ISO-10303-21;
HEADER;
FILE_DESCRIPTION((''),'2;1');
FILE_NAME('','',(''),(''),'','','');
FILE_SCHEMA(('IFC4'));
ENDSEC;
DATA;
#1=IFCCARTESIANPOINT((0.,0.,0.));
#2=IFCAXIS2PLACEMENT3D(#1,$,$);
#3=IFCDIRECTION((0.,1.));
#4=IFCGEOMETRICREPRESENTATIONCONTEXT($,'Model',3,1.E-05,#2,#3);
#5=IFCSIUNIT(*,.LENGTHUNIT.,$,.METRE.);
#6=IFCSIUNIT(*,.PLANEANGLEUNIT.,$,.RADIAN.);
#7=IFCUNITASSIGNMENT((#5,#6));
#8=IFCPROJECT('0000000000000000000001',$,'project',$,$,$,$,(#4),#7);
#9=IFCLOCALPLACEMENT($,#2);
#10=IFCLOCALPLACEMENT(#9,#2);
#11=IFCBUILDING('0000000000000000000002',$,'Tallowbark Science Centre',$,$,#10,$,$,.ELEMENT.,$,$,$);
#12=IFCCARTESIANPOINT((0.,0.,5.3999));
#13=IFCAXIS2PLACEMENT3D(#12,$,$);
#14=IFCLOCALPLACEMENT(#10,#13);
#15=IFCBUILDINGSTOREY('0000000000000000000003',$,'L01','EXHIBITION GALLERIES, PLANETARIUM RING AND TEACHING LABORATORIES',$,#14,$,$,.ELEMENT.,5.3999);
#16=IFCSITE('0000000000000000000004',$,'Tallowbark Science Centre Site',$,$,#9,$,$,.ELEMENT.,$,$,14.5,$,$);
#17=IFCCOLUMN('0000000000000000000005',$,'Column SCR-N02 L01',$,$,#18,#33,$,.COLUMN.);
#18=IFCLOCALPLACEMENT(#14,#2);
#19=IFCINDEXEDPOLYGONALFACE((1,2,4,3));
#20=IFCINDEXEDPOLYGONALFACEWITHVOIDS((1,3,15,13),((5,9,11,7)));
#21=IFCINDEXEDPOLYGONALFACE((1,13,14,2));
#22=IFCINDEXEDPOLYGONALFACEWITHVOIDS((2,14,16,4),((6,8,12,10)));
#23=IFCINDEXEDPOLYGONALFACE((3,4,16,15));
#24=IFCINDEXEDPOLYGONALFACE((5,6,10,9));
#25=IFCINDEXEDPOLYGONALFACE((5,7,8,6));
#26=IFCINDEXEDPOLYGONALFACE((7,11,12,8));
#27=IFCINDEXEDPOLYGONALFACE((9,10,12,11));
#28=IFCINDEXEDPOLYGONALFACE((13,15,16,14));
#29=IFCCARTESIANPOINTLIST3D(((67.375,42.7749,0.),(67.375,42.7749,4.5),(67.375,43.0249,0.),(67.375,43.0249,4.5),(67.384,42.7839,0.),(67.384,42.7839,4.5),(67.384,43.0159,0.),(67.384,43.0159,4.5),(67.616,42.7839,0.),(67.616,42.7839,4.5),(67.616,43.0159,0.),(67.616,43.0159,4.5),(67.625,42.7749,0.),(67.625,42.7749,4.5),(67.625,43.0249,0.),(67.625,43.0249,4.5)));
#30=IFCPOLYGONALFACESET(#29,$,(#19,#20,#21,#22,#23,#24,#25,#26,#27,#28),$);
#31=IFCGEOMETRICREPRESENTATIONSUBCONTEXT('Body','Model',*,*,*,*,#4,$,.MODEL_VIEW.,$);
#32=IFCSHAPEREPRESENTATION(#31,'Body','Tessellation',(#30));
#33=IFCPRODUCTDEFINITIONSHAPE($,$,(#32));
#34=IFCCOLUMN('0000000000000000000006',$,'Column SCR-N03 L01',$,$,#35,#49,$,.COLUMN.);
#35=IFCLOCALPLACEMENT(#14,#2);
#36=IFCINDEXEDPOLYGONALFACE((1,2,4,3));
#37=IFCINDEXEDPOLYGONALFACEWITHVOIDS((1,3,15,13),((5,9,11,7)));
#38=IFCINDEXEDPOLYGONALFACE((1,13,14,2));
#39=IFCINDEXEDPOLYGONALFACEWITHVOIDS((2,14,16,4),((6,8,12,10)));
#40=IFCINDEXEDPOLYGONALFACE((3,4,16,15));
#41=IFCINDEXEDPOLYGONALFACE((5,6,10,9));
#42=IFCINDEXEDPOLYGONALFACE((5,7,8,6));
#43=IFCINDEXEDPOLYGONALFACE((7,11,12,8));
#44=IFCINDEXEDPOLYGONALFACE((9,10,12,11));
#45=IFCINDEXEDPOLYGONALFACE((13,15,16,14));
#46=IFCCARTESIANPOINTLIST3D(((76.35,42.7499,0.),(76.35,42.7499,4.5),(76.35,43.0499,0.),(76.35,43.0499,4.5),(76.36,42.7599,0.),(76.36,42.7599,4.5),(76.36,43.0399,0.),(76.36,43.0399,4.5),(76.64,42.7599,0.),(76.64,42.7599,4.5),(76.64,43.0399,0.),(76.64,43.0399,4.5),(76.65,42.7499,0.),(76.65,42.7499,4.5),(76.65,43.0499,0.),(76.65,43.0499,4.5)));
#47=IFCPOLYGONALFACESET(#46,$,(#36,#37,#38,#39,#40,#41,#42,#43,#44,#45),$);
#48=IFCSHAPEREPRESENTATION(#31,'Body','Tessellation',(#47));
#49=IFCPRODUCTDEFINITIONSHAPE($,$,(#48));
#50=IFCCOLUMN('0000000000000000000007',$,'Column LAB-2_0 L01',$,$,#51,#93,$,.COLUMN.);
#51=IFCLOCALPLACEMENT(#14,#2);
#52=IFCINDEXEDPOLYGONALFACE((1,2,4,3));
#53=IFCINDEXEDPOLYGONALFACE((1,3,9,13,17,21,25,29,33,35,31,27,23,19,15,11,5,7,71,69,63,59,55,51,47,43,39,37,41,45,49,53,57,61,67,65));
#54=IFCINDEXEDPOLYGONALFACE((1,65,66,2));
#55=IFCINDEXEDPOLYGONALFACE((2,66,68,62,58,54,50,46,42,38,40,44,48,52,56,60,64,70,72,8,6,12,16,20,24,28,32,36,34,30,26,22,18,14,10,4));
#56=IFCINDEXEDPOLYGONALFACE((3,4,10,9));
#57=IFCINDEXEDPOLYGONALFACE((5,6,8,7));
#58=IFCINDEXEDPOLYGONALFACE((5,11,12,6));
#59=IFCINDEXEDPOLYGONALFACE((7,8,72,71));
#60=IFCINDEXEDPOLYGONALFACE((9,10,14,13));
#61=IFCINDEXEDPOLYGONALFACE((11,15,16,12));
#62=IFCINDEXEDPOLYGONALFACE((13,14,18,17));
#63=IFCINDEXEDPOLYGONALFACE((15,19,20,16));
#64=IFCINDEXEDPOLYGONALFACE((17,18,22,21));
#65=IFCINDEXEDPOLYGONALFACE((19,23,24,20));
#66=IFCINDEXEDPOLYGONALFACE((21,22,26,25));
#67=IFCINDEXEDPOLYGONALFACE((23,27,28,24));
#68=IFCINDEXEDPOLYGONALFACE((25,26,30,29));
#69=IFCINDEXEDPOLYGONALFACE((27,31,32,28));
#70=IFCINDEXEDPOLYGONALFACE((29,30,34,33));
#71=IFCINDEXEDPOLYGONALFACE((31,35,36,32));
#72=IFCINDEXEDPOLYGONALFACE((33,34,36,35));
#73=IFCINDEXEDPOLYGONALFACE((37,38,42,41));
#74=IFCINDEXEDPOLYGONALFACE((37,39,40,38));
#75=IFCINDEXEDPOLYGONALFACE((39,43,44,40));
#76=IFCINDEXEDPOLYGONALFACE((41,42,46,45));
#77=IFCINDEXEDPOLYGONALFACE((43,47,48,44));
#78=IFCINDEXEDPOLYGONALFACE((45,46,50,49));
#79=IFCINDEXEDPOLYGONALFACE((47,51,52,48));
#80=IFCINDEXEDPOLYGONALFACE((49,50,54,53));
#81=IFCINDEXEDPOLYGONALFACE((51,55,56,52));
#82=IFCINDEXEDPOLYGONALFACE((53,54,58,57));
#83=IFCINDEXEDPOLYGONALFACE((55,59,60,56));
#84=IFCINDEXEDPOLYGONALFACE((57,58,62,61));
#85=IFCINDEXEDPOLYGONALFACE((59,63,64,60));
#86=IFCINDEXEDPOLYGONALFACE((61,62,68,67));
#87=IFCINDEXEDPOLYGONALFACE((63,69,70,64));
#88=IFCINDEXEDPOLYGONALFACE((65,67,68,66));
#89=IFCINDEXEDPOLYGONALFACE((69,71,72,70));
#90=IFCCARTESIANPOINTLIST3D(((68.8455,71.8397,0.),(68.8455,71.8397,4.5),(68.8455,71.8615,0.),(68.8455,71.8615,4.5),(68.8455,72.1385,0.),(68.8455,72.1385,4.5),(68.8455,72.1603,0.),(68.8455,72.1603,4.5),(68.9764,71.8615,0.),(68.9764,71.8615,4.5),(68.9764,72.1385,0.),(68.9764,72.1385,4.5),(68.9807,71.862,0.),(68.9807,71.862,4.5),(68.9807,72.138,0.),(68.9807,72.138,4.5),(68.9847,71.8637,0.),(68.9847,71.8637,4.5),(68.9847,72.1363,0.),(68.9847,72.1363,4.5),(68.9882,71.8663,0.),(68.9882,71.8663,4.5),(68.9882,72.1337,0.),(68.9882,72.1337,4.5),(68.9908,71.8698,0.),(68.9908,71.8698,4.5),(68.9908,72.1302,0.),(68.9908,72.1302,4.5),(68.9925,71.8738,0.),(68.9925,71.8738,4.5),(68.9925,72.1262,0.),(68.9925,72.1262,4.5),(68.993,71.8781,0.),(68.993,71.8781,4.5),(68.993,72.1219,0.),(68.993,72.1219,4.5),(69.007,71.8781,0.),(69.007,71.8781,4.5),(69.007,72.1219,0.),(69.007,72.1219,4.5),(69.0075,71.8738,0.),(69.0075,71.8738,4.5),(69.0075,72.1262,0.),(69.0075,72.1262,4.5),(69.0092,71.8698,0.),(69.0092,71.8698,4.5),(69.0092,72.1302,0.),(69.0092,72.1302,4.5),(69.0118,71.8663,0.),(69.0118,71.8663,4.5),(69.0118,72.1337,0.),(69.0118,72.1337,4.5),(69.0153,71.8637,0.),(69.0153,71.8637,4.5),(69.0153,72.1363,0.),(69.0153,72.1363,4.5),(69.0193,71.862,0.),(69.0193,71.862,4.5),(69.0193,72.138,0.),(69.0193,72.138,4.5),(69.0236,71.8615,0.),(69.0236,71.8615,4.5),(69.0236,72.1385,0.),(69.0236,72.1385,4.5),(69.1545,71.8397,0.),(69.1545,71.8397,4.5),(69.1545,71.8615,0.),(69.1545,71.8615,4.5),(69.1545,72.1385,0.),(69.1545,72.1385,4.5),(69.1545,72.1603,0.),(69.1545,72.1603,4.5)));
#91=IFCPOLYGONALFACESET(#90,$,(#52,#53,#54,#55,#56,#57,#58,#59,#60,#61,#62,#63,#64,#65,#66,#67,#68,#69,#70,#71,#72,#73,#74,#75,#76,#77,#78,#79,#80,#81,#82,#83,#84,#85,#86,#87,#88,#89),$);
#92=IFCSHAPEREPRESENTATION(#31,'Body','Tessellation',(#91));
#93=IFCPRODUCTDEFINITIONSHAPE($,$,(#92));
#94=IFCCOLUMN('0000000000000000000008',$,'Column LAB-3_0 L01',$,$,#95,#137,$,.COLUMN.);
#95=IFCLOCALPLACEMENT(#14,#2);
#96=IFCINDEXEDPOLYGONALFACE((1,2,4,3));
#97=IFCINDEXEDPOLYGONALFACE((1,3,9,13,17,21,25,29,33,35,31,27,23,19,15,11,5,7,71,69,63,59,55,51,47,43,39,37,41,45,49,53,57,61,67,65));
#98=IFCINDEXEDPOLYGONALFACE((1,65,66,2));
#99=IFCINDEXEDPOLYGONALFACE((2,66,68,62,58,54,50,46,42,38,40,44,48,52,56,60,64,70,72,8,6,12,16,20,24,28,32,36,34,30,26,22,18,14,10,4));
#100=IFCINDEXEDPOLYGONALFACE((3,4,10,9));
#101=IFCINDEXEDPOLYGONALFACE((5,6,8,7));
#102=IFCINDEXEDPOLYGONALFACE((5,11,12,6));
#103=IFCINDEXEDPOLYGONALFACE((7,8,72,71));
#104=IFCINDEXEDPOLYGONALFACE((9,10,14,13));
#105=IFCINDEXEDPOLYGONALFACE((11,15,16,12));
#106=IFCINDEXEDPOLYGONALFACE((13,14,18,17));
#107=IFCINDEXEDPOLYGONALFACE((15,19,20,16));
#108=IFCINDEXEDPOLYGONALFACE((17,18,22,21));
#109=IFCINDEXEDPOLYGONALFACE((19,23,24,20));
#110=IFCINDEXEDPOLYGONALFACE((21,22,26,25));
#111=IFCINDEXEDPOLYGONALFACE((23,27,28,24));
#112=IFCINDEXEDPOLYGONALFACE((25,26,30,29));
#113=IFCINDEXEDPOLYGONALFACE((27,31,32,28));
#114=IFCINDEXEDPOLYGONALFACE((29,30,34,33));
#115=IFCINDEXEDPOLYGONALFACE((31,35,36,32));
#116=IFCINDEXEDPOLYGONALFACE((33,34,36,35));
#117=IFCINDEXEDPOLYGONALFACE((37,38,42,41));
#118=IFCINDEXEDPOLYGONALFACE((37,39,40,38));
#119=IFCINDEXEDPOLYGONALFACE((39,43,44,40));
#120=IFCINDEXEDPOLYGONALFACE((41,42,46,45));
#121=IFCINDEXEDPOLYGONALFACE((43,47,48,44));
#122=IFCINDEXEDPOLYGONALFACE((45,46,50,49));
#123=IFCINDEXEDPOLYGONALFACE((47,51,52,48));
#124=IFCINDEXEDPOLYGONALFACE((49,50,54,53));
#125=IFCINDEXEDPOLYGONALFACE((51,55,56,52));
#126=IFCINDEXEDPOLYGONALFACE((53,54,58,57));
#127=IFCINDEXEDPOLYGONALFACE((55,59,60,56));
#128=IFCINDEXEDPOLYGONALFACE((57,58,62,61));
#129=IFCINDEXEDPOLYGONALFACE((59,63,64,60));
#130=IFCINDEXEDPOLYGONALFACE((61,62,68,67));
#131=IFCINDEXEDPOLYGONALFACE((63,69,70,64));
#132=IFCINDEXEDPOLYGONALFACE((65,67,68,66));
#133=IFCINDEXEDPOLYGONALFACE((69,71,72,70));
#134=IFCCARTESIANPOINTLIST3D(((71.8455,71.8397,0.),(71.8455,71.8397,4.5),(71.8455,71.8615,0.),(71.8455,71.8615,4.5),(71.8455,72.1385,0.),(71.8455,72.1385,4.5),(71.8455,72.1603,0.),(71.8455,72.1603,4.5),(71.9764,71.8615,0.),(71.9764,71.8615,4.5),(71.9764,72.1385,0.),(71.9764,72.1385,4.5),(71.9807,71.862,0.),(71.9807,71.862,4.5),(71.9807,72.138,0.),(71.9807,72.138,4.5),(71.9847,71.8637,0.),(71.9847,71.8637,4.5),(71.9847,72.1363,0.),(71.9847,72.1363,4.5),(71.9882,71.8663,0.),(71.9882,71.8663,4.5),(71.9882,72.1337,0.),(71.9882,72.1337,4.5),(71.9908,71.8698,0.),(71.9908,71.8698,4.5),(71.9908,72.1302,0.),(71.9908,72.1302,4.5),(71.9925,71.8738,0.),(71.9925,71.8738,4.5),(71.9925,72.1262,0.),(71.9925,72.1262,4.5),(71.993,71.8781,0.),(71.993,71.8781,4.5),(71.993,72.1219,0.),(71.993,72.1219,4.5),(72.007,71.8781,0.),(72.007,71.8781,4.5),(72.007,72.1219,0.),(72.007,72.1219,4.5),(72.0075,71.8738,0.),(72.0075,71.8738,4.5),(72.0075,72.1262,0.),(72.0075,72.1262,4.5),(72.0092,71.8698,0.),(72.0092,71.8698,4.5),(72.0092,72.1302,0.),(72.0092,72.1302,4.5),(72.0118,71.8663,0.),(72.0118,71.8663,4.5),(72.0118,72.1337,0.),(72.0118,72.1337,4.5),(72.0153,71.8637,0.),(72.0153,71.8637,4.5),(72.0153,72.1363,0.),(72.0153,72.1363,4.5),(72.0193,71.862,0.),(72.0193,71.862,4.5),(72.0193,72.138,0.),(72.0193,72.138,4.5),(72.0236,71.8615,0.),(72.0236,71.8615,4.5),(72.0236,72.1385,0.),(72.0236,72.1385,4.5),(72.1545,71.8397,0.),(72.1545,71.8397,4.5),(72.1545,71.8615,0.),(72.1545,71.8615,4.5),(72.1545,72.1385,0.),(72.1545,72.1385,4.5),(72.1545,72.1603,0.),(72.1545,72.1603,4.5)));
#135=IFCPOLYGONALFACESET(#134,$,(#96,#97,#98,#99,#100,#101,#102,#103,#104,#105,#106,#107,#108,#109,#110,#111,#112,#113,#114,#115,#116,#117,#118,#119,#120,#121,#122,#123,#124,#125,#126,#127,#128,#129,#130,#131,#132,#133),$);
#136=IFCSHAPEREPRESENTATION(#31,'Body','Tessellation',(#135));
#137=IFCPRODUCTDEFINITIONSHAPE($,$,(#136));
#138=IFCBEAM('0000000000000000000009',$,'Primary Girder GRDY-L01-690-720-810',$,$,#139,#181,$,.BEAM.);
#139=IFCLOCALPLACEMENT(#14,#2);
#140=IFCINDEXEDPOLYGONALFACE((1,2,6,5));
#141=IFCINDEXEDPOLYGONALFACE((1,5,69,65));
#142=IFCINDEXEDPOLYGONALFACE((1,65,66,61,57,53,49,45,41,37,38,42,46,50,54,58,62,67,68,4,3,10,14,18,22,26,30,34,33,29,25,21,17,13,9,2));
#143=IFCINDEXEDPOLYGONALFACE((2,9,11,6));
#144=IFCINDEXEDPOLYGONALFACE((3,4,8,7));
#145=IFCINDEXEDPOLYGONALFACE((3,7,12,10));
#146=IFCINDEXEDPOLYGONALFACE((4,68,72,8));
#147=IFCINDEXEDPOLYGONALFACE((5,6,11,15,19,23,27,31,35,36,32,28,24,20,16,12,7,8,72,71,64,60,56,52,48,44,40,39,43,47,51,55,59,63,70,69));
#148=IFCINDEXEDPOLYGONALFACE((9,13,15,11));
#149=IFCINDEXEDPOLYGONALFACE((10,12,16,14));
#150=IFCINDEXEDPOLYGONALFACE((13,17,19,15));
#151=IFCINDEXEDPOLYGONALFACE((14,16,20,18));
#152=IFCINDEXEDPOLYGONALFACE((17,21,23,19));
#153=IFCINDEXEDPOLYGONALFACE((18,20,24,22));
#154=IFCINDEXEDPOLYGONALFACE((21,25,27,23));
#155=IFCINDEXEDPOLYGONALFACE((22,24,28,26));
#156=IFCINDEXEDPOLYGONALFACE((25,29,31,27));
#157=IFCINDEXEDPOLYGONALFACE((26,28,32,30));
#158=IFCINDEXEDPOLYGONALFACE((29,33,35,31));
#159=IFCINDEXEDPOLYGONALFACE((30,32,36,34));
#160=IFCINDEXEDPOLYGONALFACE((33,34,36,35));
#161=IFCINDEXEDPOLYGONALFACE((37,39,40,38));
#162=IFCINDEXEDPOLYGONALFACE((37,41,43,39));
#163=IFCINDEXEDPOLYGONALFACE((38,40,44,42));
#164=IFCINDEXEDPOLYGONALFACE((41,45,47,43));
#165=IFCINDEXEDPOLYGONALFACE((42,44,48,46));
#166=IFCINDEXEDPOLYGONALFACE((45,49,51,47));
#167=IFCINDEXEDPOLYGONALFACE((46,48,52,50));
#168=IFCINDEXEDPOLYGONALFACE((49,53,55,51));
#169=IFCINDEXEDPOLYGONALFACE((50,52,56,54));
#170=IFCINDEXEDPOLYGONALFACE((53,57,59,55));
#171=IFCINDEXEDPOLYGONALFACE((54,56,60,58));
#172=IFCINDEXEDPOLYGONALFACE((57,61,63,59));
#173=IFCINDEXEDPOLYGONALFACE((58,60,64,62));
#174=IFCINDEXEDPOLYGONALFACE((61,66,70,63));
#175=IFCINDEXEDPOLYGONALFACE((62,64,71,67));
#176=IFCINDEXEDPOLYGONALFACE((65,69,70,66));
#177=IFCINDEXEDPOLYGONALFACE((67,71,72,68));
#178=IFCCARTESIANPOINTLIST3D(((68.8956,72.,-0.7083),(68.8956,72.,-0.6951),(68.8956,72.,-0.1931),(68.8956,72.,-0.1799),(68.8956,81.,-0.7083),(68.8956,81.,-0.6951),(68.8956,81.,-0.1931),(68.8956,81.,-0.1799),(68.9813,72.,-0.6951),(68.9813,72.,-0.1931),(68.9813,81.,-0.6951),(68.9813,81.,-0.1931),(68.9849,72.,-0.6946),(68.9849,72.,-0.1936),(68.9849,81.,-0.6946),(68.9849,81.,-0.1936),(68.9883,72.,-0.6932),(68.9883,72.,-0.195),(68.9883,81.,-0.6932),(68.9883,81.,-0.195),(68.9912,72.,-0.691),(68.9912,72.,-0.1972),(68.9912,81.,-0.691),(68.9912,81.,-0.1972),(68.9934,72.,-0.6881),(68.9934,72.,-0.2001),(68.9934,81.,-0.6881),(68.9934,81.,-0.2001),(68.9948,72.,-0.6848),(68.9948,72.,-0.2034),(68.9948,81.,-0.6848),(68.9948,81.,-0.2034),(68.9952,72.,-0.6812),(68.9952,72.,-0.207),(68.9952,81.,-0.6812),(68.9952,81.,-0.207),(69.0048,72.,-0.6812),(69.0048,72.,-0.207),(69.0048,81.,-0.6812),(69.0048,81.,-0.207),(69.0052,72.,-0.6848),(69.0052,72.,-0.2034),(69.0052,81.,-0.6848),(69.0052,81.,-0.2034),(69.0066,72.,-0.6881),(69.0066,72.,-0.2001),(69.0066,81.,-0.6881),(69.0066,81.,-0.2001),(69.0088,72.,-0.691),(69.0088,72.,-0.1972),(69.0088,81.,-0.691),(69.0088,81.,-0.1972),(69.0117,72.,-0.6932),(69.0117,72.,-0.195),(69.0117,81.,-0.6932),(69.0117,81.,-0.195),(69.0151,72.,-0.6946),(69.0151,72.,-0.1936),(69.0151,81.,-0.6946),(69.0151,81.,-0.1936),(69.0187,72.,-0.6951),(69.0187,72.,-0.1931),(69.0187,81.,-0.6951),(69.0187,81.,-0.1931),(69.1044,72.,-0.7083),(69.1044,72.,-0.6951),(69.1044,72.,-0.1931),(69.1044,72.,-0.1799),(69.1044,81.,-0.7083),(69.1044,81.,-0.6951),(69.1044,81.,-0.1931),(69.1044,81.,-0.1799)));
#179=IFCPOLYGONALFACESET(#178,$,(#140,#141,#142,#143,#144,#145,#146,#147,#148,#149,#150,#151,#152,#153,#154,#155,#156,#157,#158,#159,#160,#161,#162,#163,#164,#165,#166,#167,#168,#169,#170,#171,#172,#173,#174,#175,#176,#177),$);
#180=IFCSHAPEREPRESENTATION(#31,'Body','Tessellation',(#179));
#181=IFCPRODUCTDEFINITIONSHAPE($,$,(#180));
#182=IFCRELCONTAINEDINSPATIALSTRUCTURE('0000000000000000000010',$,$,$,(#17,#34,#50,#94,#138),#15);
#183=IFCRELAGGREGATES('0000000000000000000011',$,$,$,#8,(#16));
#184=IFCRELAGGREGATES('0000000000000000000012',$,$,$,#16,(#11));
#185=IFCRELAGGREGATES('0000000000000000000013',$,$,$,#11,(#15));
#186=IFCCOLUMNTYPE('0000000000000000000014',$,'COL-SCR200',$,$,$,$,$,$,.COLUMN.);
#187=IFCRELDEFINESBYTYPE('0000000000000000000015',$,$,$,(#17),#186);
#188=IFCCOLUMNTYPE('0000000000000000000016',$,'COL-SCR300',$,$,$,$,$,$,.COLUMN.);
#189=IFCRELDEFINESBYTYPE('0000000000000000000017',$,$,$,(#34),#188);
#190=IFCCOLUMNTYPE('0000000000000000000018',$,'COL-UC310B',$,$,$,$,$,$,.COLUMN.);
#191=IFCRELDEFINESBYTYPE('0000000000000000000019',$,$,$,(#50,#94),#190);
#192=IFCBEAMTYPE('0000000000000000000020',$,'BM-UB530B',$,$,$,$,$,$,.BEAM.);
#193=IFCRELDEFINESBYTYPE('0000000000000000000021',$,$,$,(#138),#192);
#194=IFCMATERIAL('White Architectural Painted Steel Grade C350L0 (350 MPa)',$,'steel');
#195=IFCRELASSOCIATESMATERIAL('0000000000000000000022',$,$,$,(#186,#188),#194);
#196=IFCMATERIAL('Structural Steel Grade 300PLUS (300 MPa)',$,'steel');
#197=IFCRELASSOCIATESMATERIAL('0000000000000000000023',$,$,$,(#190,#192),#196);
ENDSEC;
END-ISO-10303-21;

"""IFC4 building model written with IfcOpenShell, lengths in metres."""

from ifc_helpers import new_model, si_unit, direction, frame, origin, origin_2d, place, context, subcontext, project, spatial, hollow_rectangle, i_section, extrude, material, material_profile, profile_set, type_object, element, save


model = new_model("IFC4")

# Units and contexts
model_context = context("Model", 3, precision=1e-05, world=origin(), true_north=direction((0.0, 1.0)))
body_context = subcontext(model_context, "Body", "Model", "MODEL_VIEW")
ifc_project = project(units=[si_unit("LENGTHUNIT", "METRE"), si_unit("PLANEANGLEUNIT", "RADIAN")], contexts=[model_context])

# Site, building, storey
site_placement = place(None, origin())
site = spatial("IfcSite", under=ifc_project, at=site_placement, Name="Tallowbark Science Centre Site", CompositionType="ELEMENT", RefElevation=14.5)
building_placement = place(site_placement, origin())
building = spatial("IfcBuilding", under=site, at=building_placement, Name="Tallowbark Science Centre", CompositionType="ELEMENT")
storey_placement = place(building_placement, frame((0.0, 0.0, 5.3999)))
storey = spatial("IfcBuildingStorey", under=building, at=storey_placement, Name="L01", Description="EXHIBITION GALLERIES, PLANETARIUM RING AND TEACHING LABORATORIES", CompositionType="ELEMENT", Elevation=5.3999)

# Columns
ifc_material_1 = material(Name="White Architectural Painted Steel Grade C350L0 (350 MPa)", Category="steel")
ifc_material_profile_1 = material_profile(ifc_material_1, hollow_rectangle(XDim=0.25, YDim=0.25, WallThickness=0.009, at=origin_2d()), Name="250x250x9.0SHS")
ifc_profile_set_1 = profile_set([ifc_material_profile_1], Name="White Architectural Painted Steel Grade C350L0 (350 MPa)")
column_type_1 = type_object("IfcColumnType", Name="COL-SCR200", PredefinedType="COLUMN", material=ifc_profile_set_1)
column_1_placement = place(storey_placement, frame((67.5, 42.8999, 0.0), z_axis=(0.0, 0.0, 1.0), x_axis=(1.0, 0.0, 0.0)))
element("IfcColumn", 1, at=column_1_placement, inside=storey, type_object=column_type_1, Name="Column SCR-N02 L01", PredefinedType="COLUMN", context=body_context, shape_type="SweptSolid", body=[
    extrude(hollow_rectangle(XDim=0.25, YDim=0.25, WallThickness=0.009, at=origin_2d()), origin(), (0.0, 0.0, 1.0), 4.5),
])
ifc_material_profile_2 = material_profile(ifc_material_1, hollow_rectangle(XDim=0.3, YDim=0.3, WallThickness=0.01, at=origin_2d()), Name="300x300x10.0SHS")
ifc_profile_set_2 = profile_set([ifc_material_profile_2], Name="White Architectural Painted Steel Grade C350L0 (350 MPa)")
column_type_2 = type_object("IfcColumnType", Name="COL-SCR300", PredefinedType="COLUMN", material=ifc_profile_set_2)
column_2_placement = place(storey_placement, frame((76.5, 42.8999, 0.0), z_axis=(0.0, 0.0, 1.0), x_axis=(1.0, 0.0, 0.0)))
element("IfcColumn", 2, at=column_2_placement, inside=storey, type_object=column_type_2, Name="Column SCR-N03 L01", PredefinedType="COLUMN", context=body_context, shape_type="SweptSolid", body=[
    extrude(hollow_rectangle(XDim=0.3, YDim=0.3, WallThickness=0.01, at=origin_2d()), origin(), (0.0, 0.0, 1.0), 4.5),
])
ifc_material_2 = material(Name="Structural Steel Grade 300PLUS (300 MPa)", Category="steel")
ifc_material_profile_3 = material_profile(ifc_material_2, i_section(OverallWidth=0.3091, OverallDepth=0.3206, WebThickness=0.0139, FlangeThickness=0.0217, FilletRadius=0.0166, at=origin_2d()), Name="310UC137")
ifc_profile_set_3 = profile_set([ifc_material_profile_3], Name="Structural Steel Grade 300PLUS (300 MPa)")
column_type_3 = type_object("IfcColumnType", Name="COL-UC310B", PredefinedType="COLUMN", material=ifc_profile_set_3)
for number, where, z_axis, x_axis, name in (
    (3, (69.0, 72.0, 0.0), (0.0, 0.0, 1.0), (1.0, 0.0, 0.0), "Column LAB-2_0 L01"),
    (4, (72.0, 72.0, 0.0), (0.0, 0.0, 1.0), (1.0, 0.0, 0.0), "Column LAB-3_0 L01"),
):
    element("IfcColumn", number, at=place(storey_placement, frame(where, z_axis=z_axis, x_axis=x_axis)), inside=storey, type_object=column_type_3, Name=name, PredefinedType="COLUMN", context=body_context, shape_type="SweptSolid", body=[
        extrude(i_section(OverallWidth=0.3091, OverallDepth=0.3206, WebThickness=0.0139, FlangeThickness=0.0217, FilletRadius=0.0166, at=origin_2d()), origin(), (0.0, 0.0, 1.0), 4.5),
    ])

# Beam
ifc_material_profile_4 = material_profile(ifc_material_2, i_section(OverallWidth=0.2087, OverallDepth=0.5283, WebThickness=0.0095, FlangeThickness=0.0132, FilletRadius=0.0139, at=origin_2d()), Name="530UB82.0")
ifc_profile_set_4 = profile_set([ifc_material_profile_4], Name="Structural Steel Grade 300PLUS (300 MPa)")
beam_type_1 = type_object("IfcBeamType", Name="BM-UB530B", PredefinedType="BEAM", material=ifc_profile_set_4)
for number, where, z_axis, x_axis, name in (
    (5, (69.0, 72.0, -0.4441), (0.0, 1.0, 0.0), (-1.0, 0.0, 0.0), "Primary Girder GRDY-L01-690-720-810"),
):
    element("IfcBeam", number, at=place(storey_placement, frame(where, z_axis=z_axis, x_axis=x_axis)), inside=storey, type_object=beam_type_1, Name=name, PredefinedType="BEAM", context=body_context, shape_type="SweptSolid", body=[
        extrude(i_section(OverallWidth=0.2087, OverallDepth=0.5283, WebThickness=0.0095, FlangeThickness=0.0132, FilletRadius=0.0139, at=origin_2d()), origin(), (0.0, 0.0, 1.0), 9.0),
    ])

save(model, "model.ifc")
